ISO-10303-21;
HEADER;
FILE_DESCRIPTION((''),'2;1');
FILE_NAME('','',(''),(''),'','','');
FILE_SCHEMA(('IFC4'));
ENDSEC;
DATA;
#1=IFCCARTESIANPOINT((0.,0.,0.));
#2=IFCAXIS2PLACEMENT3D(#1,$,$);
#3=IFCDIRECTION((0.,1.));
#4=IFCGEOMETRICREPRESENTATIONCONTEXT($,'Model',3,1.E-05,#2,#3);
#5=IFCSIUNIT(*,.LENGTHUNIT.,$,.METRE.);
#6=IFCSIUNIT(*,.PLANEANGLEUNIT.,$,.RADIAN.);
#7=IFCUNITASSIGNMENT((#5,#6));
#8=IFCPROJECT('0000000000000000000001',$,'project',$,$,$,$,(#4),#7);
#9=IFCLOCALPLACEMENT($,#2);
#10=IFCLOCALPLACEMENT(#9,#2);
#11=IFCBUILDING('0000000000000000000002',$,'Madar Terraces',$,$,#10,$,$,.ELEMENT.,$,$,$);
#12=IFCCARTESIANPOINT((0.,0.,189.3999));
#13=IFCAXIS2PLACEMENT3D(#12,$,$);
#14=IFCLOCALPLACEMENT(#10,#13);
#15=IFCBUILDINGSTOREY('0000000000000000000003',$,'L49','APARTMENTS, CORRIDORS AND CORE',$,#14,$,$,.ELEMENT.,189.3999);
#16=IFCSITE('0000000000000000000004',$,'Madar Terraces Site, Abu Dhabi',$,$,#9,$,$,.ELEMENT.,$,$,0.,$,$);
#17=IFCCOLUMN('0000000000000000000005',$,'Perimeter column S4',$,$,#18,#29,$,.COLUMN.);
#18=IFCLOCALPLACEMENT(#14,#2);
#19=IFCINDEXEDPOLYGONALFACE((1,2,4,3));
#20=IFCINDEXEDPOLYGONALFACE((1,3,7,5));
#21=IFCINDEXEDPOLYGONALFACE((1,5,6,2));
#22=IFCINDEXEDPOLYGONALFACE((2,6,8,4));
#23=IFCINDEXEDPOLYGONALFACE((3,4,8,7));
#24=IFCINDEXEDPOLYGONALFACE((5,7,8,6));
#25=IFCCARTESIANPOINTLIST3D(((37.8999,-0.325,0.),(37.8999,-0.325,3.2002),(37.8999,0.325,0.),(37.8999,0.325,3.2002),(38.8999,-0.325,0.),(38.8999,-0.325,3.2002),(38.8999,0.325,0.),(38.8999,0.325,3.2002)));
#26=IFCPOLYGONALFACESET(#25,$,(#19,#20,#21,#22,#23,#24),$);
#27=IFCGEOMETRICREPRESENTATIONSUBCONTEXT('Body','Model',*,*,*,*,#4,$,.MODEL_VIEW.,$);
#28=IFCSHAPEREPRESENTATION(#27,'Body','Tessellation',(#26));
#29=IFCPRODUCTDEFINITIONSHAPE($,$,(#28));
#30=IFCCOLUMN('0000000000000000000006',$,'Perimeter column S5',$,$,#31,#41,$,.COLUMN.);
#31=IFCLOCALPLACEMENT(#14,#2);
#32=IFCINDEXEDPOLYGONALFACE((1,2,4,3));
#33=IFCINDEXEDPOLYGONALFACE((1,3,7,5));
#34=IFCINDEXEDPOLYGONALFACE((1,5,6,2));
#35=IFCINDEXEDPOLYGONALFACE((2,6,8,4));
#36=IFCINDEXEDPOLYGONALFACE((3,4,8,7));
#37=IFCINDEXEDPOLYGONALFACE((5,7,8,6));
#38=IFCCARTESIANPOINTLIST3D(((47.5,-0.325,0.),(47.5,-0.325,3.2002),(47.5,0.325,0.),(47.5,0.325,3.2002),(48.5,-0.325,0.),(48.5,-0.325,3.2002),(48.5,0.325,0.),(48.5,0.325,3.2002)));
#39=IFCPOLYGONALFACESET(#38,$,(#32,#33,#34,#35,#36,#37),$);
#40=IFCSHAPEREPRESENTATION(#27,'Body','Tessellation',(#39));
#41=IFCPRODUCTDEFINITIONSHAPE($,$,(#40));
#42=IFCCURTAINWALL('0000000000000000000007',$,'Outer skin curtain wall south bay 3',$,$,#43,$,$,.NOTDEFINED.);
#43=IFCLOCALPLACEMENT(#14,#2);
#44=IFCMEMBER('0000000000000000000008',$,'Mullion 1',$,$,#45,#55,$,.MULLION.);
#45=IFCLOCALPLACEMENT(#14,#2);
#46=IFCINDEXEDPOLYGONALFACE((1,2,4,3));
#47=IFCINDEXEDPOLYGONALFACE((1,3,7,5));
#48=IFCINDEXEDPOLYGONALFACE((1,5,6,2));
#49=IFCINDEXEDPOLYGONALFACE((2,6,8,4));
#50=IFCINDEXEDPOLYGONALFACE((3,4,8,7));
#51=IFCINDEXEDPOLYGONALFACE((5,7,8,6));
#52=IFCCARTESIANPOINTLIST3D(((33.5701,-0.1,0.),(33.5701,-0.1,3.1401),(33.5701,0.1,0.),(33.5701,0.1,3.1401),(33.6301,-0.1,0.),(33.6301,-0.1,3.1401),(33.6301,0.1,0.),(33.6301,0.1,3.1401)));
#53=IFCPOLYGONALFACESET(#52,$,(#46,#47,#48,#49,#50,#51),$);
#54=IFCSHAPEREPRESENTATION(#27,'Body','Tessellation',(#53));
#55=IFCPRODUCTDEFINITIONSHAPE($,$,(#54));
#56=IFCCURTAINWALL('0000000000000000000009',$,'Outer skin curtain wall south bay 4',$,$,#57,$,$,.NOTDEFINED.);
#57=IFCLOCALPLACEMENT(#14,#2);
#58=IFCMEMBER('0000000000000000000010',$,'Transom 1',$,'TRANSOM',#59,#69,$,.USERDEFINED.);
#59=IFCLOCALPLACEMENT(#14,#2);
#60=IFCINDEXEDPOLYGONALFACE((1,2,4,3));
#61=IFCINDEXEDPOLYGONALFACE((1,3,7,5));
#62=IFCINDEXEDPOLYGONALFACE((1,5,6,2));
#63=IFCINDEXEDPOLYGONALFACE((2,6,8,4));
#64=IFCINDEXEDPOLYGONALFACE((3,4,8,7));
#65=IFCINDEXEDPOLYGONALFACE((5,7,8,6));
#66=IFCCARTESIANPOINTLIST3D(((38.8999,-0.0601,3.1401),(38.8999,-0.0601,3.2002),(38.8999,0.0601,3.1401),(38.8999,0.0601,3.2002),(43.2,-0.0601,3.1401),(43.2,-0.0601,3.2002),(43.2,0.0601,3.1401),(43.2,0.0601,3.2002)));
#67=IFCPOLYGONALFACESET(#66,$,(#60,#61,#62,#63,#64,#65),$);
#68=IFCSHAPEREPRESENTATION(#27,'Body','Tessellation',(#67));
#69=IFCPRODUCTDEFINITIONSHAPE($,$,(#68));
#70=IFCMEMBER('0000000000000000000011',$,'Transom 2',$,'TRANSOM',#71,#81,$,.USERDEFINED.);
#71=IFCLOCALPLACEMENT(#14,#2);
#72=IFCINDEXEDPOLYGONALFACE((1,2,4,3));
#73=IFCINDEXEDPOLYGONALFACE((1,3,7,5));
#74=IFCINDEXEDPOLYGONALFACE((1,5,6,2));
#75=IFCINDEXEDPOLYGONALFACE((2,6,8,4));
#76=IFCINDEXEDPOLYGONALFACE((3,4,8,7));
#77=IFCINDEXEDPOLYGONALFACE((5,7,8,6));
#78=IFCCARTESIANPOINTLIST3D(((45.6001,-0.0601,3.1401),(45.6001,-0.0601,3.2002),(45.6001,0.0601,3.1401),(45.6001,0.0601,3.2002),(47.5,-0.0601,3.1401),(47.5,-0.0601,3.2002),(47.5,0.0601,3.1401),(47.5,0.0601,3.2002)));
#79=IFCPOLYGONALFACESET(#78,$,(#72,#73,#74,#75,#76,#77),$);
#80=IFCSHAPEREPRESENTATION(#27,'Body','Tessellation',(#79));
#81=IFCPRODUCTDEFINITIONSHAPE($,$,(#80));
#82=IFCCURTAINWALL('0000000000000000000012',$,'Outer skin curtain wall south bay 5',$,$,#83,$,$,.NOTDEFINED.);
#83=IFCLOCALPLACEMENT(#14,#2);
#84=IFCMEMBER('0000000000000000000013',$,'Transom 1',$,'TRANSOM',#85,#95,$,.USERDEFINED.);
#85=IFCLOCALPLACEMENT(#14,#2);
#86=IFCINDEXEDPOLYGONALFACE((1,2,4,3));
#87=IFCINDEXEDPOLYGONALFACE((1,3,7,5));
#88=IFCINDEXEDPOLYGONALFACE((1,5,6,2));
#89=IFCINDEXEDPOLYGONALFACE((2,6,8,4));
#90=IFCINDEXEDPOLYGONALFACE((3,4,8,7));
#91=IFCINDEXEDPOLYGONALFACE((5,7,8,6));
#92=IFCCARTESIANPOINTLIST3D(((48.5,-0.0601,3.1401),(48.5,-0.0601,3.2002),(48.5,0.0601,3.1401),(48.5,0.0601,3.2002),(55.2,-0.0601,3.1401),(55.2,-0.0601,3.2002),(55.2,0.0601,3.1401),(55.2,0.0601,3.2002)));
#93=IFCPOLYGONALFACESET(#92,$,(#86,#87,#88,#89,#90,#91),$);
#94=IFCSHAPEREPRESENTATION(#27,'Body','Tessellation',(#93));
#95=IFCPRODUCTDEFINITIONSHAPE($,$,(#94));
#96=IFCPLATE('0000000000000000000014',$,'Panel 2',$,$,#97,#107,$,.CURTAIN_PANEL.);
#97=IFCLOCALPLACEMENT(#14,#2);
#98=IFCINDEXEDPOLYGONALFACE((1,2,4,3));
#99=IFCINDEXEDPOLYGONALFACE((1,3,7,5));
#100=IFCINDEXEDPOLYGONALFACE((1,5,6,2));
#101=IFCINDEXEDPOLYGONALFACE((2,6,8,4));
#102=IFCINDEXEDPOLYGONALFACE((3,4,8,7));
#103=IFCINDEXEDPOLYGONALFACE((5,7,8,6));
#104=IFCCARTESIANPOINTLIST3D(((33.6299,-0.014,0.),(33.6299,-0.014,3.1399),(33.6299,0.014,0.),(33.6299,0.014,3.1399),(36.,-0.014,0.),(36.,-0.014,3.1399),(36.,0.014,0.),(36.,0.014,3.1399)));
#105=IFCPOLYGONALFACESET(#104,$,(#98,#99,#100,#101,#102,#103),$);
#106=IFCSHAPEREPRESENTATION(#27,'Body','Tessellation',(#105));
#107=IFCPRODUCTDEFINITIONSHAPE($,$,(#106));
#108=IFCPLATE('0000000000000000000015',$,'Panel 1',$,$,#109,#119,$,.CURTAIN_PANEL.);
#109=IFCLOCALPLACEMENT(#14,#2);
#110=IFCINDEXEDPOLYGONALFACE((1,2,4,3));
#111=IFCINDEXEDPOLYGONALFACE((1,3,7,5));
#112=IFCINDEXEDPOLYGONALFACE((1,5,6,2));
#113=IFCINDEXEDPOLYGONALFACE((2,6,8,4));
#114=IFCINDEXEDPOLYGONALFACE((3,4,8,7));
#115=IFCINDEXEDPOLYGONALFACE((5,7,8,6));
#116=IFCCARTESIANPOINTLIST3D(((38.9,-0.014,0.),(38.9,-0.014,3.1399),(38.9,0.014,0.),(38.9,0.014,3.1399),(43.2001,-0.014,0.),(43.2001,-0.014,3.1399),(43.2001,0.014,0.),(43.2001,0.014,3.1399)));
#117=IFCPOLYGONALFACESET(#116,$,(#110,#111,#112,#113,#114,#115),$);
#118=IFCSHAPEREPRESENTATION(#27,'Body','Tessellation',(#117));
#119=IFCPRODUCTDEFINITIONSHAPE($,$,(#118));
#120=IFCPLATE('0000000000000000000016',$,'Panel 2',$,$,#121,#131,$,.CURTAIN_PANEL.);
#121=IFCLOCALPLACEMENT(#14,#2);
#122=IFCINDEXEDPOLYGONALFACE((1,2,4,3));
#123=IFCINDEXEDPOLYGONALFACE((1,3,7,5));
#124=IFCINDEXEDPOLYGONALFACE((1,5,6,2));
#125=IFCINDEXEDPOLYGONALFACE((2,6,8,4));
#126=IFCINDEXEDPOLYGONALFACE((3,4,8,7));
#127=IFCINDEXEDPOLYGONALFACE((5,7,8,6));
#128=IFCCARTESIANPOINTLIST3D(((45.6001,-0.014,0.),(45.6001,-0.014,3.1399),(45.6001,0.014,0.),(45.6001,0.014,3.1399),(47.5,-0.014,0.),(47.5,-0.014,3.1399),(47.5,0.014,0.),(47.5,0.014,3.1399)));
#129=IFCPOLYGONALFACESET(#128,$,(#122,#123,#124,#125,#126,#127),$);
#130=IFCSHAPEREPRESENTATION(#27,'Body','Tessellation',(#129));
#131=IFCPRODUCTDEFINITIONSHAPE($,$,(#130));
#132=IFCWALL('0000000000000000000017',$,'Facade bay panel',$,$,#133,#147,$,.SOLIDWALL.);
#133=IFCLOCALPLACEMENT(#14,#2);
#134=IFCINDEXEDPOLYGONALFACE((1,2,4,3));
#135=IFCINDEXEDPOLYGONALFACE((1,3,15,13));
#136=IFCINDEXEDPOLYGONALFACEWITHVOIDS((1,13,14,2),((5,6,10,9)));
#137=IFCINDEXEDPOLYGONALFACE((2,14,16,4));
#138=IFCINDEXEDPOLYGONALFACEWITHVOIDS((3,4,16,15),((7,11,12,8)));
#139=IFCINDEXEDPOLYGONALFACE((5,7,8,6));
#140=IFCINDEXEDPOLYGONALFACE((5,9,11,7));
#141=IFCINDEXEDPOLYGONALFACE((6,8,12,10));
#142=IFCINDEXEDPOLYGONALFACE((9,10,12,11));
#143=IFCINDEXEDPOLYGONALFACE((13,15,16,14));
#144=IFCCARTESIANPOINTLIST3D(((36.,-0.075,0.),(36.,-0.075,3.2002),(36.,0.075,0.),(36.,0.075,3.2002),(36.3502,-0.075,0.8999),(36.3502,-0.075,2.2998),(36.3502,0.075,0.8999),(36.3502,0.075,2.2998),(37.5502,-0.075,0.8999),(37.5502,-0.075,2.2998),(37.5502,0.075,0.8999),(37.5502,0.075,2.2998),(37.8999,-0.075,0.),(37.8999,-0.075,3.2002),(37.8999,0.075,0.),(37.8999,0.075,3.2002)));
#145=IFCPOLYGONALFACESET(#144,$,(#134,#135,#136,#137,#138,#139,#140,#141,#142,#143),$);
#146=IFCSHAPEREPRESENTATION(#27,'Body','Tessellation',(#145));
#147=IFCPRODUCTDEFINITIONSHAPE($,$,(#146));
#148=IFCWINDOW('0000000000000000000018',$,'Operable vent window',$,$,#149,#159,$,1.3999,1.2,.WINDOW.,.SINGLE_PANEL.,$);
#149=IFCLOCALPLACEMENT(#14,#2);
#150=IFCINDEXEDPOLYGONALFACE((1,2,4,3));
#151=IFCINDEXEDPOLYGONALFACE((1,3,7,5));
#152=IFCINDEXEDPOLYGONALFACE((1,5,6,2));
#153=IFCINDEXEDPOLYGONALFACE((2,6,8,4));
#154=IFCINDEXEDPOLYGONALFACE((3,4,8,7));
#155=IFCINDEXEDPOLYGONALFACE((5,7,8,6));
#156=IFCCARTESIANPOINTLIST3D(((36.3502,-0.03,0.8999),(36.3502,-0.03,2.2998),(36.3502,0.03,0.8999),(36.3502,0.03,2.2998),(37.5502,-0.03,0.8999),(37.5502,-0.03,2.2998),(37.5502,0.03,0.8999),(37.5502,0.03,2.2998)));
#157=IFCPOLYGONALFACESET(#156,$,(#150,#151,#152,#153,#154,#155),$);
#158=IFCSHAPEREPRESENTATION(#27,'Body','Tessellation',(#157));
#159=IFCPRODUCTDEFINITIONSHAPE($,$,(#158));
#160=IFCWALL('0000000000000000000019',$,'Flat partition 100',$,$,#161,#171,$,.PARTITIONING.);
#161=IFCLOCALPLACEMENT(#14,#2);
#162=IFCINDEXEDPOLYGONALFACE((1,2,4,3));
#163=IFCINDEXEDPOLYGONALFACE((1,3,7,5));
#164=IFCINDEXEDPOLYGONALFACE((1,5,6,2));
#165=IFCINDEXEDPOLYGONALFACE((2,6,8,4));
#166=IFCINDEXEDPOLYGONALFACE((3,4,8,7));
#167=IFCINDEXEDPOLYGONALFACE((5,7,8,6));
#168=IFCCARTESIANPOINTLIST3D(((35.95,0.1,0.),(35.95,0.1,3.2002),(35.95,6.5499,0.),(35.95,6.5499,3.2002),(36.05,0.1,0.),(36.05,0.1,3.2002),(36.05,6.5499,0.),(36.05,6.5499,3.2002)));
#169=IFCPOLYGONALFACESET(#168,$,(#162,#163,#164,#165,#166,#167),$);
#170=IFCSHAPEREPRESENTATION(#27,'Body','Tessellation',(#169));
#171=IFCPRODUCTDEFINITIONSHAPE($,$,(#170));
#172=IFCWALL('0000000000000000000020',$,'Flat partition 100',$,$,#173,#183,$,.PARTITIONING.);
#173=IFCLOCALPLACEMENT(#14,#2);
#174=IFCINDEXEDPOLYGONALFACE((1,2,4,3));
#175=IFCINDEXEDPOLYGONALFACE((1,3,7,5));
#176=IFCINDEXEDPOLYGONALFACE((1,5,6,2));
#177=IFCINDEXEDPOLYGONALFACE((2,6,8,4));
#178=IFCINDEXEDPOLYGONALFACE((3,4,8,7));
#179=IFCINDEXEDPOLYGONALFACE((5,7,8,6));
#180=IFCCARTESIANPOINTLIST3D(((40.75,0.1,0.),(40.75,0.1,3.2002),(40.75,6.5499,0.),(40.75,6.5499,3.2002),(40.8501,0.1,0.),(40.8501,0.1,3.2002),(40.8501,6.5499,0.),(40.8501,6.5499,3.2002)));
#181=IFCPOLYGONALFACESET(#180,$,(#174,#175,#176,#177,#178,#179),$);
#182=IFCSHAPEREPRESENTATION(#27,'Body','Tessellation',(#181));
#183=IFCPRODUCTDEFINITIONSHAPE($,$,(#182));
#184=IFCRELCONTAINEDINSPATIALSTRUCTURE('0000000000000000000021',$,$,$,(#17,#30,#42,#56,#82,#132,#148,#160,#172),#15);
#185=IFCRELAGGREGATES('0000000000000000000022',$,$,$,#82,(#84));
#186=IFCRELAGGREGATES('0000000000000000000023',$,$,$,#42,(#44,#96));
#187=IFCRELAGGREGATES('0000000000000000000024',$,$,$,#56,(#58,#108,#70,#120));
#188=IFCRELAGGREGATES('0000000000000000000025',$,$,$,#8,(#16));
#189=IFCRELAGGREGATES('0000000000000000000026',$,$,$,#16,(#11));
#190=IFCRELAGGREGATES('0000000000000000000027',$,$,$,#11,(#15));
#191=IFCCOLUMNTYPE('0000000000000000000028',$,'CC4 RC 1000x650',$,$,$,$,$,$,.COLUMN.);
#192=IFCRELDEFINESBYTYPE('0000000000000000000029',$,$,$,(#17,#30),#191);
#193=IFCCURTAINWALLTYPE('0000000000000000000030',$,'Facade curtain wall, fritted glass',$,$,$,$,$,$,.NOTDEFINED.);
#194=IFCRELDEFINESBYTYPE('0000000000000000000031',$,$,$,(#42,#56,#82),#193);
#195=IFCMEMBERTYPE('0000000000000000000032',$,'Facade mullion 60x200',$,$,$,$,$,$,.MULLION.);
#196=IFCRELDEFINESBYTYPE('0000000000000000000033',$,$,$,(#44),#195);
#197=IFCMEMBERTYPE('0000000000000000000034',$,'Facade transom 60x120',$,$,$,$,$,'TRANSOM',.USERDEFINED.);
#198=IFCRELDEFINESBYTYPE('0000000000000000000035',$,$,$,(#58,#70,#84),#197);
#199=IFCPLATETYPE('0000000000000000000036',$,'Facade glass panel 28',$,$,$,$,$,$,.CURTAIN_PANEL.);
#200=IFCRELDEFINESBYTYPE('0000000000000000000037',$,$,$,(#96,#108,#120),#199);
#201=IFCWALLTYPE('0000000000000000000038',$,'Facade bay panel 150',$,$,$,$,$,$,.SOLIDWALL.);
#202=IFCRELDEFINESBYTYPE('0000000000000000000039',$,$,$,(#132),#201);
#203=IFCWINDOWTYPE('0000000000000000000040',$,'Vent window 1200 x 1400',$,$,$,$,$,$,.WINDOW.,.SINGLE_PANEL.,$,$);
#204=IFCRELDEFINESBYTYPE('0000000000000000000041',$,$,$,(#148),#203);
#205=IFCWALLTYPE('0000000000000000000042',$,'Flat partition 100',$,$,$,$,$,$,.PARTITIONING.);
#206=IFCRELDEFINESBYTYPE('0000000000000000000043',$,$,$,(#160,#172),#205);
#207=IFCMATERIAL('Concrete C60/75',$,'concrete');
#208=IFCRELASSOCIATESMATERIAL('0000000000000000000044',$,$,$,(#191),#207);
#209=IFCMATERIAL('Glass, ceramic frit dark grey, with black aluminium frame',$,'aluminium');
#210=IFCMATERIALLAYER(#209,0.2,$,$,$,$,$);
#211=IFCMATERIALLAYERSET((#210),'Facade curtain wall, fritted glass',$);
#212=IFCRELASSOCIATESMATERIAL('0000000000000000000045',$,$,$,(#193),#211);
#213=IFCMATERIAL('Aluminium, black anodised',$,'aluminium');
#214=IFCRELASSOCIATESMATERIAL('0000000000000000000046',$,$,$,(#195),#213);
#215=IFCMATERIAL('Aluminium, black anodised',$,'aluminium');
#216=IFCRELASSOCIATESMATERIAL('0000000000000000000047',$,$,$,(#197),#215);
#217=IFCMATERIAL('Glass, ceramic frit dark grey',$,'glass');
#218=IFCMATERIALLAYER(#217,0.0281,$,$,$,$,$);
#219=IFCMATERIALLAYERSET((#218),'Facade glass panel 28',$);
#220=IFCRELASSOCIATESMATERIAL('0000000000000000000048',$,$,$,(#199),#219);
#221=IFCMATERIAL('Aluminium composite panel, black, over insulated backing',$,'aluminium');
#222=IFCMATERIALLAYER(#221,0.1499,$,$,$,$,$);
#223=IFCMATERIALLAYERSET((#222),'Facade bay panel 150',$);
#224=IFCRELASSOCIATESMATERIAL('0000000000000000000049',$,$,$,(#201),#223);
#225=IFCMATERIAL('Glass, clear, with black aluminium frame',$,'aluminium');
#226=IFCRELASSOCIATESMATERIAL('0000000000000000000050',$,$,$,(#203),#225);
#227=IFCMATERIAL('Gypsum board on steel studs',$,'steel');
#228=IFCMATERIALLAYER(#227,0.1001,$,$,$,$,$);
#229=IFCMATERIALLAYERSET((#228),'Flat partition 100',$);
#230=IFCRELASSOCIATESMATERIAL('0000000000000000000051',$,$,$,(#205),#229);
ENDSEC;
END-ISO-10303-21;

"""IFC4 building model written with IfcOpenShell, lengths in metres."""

from ifc_helpers import new_model, si_unit, direction, frame, frame_2d, origin, origin_2d, place, context, subcontext, project, spatial, rectangle, extrude, material, layer, layer_set, material_profile, profile_set, type_object, element, fill, aggregate, save


model = new_model("IFC4")

# Units and contexts
model_context = context("Model", 3, precision=1e-05, world=origin(), true_north=direction((0.0, 1.0)))
body_context = subcontext(model_context, "Body", "Model", "MODEL_VIEW")
ifc_project = project(units=[si_unit("LENGTHUNIT", "METRE"), si_unit("PLANEANGLEUNIT", "RADIAN")], contexts=[model_context])

# Site, building, storey
site_placement = place(None, origin())
site = spatial("IfcSite", under=ifc_project, at=site_placement, Name="Madar Terraces Site, Abu Dhabi", CompositionType="ELEMENT", RefElevation=0.0)
building_placement = place(site_placement, origin())
building = spatial("IfcBuilding", under=site, at=building_placement, Name="Madar Terraces", CompositionType="ELEMENT")
storey_placement = place(building_placement, frame((0.0, 0.0, 189.3999)))
storey = spatial("IfcBuildingStorey", under=building, at=storey_placement, Name="L49", Description="APARTMENTS, CORRIDORS AND CORE", CompositionType="ELEMENT", Elevation=189.3999)

# Columns
ifc_material_1 = material(Name="Concrete C60/75", Category="concrete")
ifc_material_profile_1 = material_profile(ifc_material_1, rectangle(XDim=1.0, YDim=0.6499, at=origin_2d()), Name="CC4 RC 1000x650")
ifc_profile_set_1 = profile_set([ifc_material_profile_1], Name="Concrete C60/75")
column_type = type_object("IfcColumnType", Name="CC4 RC 1000x650", PredefinedType="COLUMN", material=ifc_profile_set_1)
for number, where, z_axis, x_axis, name in (
    (1, (38.3999, 0.0, 0.0), (0.0, 0.0, 1.0), (1.0, 0.0, 0.0), "Perimeter column S4"),
    (2, (48.0, 0.0, 0.0), (0.0, 0.0, 1.0), (1.0, 0.0, 0.0), "Perimeter column S5"),
):
    element("IfcColumn", number, at=place(storey_placement, frame(where, z_axis=z_axis, x_axis=x_axis)), inside=storey, type_object=column_type, Name=name, PredefinedType="COLUMN", context=body_context, shape_type="SweptSolid", body=[
        extrude(rectangle(XDim=1.0, YDim=0.6499, at=origin_2d()), origin(), (0.0, 0.0, 1.0), 3.2002),
    ])

# Curtain wall, member
ifc_material_2 = material(Name="Glass, ceramic frit dark grey, with black aluminium frame", Category="aluminium")
ifc_layer_1 = layer(ifc_material_2, 0.2)
ifc_layer_set_1 = layer_set([ifc_layer_1], Name="Facade curtain wall, fritted glass")
curtain_wall_type = type_object("IfcCurtainWallType", Name="Facade curtain wall, fritted glass", PredefinedType="NOTDEFINED", material=ifc_layer_set_1)
curtain_wall_1_placement = place(storey_placement, origin())
curtain_wall_1 = element("IfcCurtainWall", 3, at=curtain_wall_1_placement, inside=storey, type_object=curtain_wall_type, Name="Outer skin curtain wall south bay 3", PredefinedType="NOTDEFINED")
ifc_material_3 = material(Name="Aluminium, black anodised", Category="aluminium")
ifc_material_profile_2 = material_profile(ifc_material_3, rectangle(XDim=0.2, YDim=0.0601, at=origin_2d()), Name="Facade mullion 60x200")
ifc_profile_set_2 = profile_set([ifc_material_profile_2], Name="Aluminium, black anodised")
member_type_1 = type_object("IfcMemberType", Name="Facade mullion 60x200", PredefinedType="MULLION", material=ifc_profile_set_2)
member_1_placement = place(storey_placement, frame((33.6001, 0.0, 0.0), z_axis=(0.0, 0.0, 1.0), x_axis=(0.0, 1.0, 0.0)))
member_1 = element("IfcMember", 4, at=member_1_placement, type_object=member_type_1, Name="Mullion 1", PredefinedType="MULLION", context=body_context, shape_type="SweptSolid", body=[
    extrude(rectangle(XDim=0.2, YDim=0.0601, at=origin_2d()), origin(), (0.0, 0.0, 1.0), 3.1401),
])

# Curtain wall, members
curtain_wall_2_placement = place(storey_placement, origin())
curtain_wall_2 = element("IfcCurtainWall", 5, at=curtain_wall_2_placement, inside=storey, type_object=curtain_wall_type, Name="Outer skin curtain wall south bay 4", PredefinedType="NOTDEFINED")
ifc_material_4 = material(Name="Aluminium, black anodised", Category="aluminium")
ifc_material_profile_3 = material_profile(ifc_material_4, rectangle(XDim=0.1201, YDim=0.0601, at=origin_2d()), Name="Facade transom 60x120")
ifc_profile_set_3 = profile_set([ifc_material_profile_3], Name="Aluminium, black anodised")
member_type_2 = type_object("IfcMemberType", Name="Facade transom 60x120", ElementType="TRANSOM", PredefinedType="USERDEFINED", material=ifc_profile_set_3)
member_2_placement = place(storey_placement, frame((38.8999, 0.0, 3.1702), z_axis=(1.0, 0.0, 0.0), x_axis=(0.0, 1.0, 0.0)))
member_2 = element("IfcMember", 6, at=member_2_placement, type_object=member_type_2, Name="Transom 1", ObjectType="TRANSOM", PredefinedType="USERDEFINED", context=body_context, shape_type="SweptSolid", body=[
    extrude(rectangle(XDim=0.1201, YDim=0.0601, at=origin_2d()), origin(), (0.0, 0.0, 1.0), 4.3),
])
member_3_placement = place(storey_placement, frame((45.6001, 0.0, 3.1702), z_axis=(1.0, 0.0, 0.0), x_axis=(0.0, 1.0, 0.0)))
member_3 = element("IfcMember", 7, at=member_3_placement, type_object=member_type_2, Name="Transom 2", ObjectType="TRANSOM", PredefinedType="USERDEFINED", context=body_context, shape_type="SweptSolid", body=[
    extrude(rectangle(XDim=0.1201, YDim=0.0601, at=origin_2d()), origin(), (0.0, 0.0, 1.0), 1.8999),
])

# Curtain wall, member
curtain_wall_3_placement = place(storey_placement, origin())
curtain_wall_3 = element("IfcCurtainWall", 8, at=curtain_wall_3_placement, inside=storey, type_object=curtain_wall_type, Name="Outer skin curtain wall south bay 5", PredefinedType="NOTDEFINED")
member_4_placement = place(storey_placement, frame((48.5, 0.0, 3.1702), z_axis=(1.0, 0.0, 0.0), x_axis=(0.0, 1.0, 0.0)))
member_4 = element("IfcMember", 9, at=member_4_placement, type_object=member_type_2, Name="Transom 1", ObjectType="TRANSOM", PredefinedType="USERDEFINED", context=body_context, shape_type="SweptSolid", body=[
    extrude(rectangle(XDim=0.1201, YDim=0.0601, at=origin_2d()), origin(), (0.0, 0.0, 1.0), 6.7),
])
aggregate(curtain_wall_3, [member_4])

# Plates
ifc_material_5 = material(Name="Glass, ceramic frit dark grey", Category="glass")
ifc_layer_2 = layer(ifc_material_5, 0.0281)
ifc_layer_set_2 = layer_set([ifc_layer_2], Name="Facade glass panel 28")
plate_type = type_object("IfcPlateType", Name="Facade glass panel 28", PredefinedType="CURTAIN_PANEL", material=ifc_layer_set_2)
plate_1_placement = place(storey_placement, frame((34.8149, 0.0, 0.0), z_axis=(0.0, 0.0, 1.0), x_axis=(1.0, 0.0, 0.0)))
plate_1 = element("IfcPlate", 10, at=plate_1_placement, type_object=plate_type, Name="Panel 2", PredefinedType="CURTAIN_PANEL", context=body_context, shape_type="SweptSolid", body=[
    extrude(rectangle(XDim=2.3701, YDim=0.0281, at=origin_2d()), origin(), (0.0, 0.0, 1.0), 3.1399),
])
aggregate(curtain_wall_1, [member_1, plate_1])
plate_2_placement = place(storey_placement, frame((41.05, 0.0, 0.0), z_axis=(0.0, 0.0, 1.0), x_axis=(1.0, 0.0, 0.0)))
plate_2 = element("IfcPlate", 11, at=plate_2_placement, type_object=plate_type, Name="Panel 1", PredefinedType="CURTAIN_PANEL", context=body_context, shape_type="SweptSolid", body=[
    extrude(rectangle(XDim=4.3, YDim=0.0281, at=origin_2d()), origin(), (0.0, 0.0, 1.0), 3.1399),
])
plate_3_placement = place(storey_placement, frame((46.55, 0.0, 0.0), z_axis=(0.0, 0.0, 1.0), x_axis=(1.0, 0.0, 0.0)))
plate_3 = element("IfcPlate", 12, at=plate_3_placement, type_object=plate_type, Name="Panel 2", PredefinedType="CURTAIN_PANEL", context=body_context, shape_type="SweptSolid", body=[
    extrude(rectangle(XDim=1.8999, YDim=0.0281, at=origin_2d()), origin(), (0.0, 0.0, 1.0), 3.1399),
])
aggregate(curtain_wall_2, [member_2, plate_2, member_3, plate_3])

# Wall, opening, window
ifc_material_6 = material(Name="Aluminium composite panel, black, over insulated backing", Category="aluminium")
ifc_layer_3 = layer(ifc_material_6, 0.1499)
ifc_layer_set_3 = layer_set([ifc_layer_3], Name="Facade bay panel 150")
wall_type_1 = type_object("IfcWallType", Name="Facade bay panel 150", PredefinedType="SOLIDWALL", material=ifc_layer_set_3)
wall_1_placement = place(storey_placement, frame((36.0, 0.0, 0.0), z_axis=(0.0, 0.0, 1.0), x_axis=(1.0, 0.0, 0.0)))
wall_1 = element("IfcWall", 13, at=wall_1_placement, inside=storey, type_object=wall_type_1, Name="Facade bay panel", PredefinedType="SOLIDWALL", context=body_context, shape_type="SweptSolid", body=[
    extrude(rectangle(XDim=1.8999, YDim=0.1499, at=frame_2d((0.95, 0.0))), origin(), (0.0, 0.0, 1.0), 3.2002),
])
opening_1_placement = place(wall_1_placement, frame((0.3501, 0.0, 0.8999)))
opening_1 = element("IfcOpeningElement", 14, at=opening_1_placement, cuts=wall_1, PredefinedType="OPENING", context=body_context, shape_type="SweptSolid", body=[
    extrude(rectangle(XDim=1.2, YDim=1.3999, at=frame_2d((0.6001, 0.7))), frame((0.0, 0.085, 0.0), z_axis=(0.0, -1.0, 0.0), x_axis=(1.0, 0.0, 0.0)), (0.0, 0.0, 1.0), 0.1699),
])
ifc_material_7 = material(Name="Glass, clear, with black aluminium frame", Category="aluminium")
window_type = type_object("IfcWindowType", Name="Vent window 1200 x 1400", PartitioningType="SINGLE_PANEL", PredefinedType="WINDOW", material=ifc_material_7)
window_placement = place(opening_1_placement, origin())
window = element("IfcWindow", 15, at=window_placement, inside=storey, type_object=window_type, Name="Operable vent window", OverallHeight=1.3999, OverallWidth=1.2, PartitioningType="SINGLE_PANEL", PredefinedType="WINDOW", context=body_context, shape_type="SweptSolid", body=[
    extrude(rectangle(XDim=1.2, YDim=1.3999, at=frame_2d((0.6001, 0.7))), frame((0.0, 0.03, 0.0), z_axis=(0.0, -1.0, 0.0), x_axis=(1.0, 0.0, 0.0)), (0.0, 0.0, 1.0), 0.0601),
])
fill(opening_1, window)

# Walls
ifc_material_8 = material(Name="Gypsum board on steel studs", Category="steel")
ifc_layer_4 = layer(ifc_material_8, 0.1001)
ifc_layer_set_4 = layer_set([ifc_layer_4], Name="Flat partition 100")
wall_type_2 = type_object("IfcWallType", Name="Flat partition 100", PredefinedType="PARTITIONING", material=ifc_layer_set_4)
for number, where, z_axis, x_axis, name in (
    (16, (36.0, 6.55, 0.0), (0.0, 0.0, 1.0), (0.0, -1.0, 0.0), "Flat partition 100"),
    (17, (40.8, 6.55, 0.0), (0.0, 0.0, 1.0), (0.0, -1.0, 0.0), "Flat partition 100"),
):
    element("IfcWall", number, at=place(storey_placement, frame(where, z_axis=z_axis, x_axis=x_axis)), inside=storey, type_object=wall_type_2, Name=name, PredefinedType="PARTITIONING", context=body_context, shape_type="SweptSolid", body=[
        extrude(rectangle(XDim=6.45, YDim=0.1001, at=frame_2d((3.2251, 0.0))), origin(), (0.0, 0.0, 1.0), 3.2002),
    ])

save(model, "model.ifc")
